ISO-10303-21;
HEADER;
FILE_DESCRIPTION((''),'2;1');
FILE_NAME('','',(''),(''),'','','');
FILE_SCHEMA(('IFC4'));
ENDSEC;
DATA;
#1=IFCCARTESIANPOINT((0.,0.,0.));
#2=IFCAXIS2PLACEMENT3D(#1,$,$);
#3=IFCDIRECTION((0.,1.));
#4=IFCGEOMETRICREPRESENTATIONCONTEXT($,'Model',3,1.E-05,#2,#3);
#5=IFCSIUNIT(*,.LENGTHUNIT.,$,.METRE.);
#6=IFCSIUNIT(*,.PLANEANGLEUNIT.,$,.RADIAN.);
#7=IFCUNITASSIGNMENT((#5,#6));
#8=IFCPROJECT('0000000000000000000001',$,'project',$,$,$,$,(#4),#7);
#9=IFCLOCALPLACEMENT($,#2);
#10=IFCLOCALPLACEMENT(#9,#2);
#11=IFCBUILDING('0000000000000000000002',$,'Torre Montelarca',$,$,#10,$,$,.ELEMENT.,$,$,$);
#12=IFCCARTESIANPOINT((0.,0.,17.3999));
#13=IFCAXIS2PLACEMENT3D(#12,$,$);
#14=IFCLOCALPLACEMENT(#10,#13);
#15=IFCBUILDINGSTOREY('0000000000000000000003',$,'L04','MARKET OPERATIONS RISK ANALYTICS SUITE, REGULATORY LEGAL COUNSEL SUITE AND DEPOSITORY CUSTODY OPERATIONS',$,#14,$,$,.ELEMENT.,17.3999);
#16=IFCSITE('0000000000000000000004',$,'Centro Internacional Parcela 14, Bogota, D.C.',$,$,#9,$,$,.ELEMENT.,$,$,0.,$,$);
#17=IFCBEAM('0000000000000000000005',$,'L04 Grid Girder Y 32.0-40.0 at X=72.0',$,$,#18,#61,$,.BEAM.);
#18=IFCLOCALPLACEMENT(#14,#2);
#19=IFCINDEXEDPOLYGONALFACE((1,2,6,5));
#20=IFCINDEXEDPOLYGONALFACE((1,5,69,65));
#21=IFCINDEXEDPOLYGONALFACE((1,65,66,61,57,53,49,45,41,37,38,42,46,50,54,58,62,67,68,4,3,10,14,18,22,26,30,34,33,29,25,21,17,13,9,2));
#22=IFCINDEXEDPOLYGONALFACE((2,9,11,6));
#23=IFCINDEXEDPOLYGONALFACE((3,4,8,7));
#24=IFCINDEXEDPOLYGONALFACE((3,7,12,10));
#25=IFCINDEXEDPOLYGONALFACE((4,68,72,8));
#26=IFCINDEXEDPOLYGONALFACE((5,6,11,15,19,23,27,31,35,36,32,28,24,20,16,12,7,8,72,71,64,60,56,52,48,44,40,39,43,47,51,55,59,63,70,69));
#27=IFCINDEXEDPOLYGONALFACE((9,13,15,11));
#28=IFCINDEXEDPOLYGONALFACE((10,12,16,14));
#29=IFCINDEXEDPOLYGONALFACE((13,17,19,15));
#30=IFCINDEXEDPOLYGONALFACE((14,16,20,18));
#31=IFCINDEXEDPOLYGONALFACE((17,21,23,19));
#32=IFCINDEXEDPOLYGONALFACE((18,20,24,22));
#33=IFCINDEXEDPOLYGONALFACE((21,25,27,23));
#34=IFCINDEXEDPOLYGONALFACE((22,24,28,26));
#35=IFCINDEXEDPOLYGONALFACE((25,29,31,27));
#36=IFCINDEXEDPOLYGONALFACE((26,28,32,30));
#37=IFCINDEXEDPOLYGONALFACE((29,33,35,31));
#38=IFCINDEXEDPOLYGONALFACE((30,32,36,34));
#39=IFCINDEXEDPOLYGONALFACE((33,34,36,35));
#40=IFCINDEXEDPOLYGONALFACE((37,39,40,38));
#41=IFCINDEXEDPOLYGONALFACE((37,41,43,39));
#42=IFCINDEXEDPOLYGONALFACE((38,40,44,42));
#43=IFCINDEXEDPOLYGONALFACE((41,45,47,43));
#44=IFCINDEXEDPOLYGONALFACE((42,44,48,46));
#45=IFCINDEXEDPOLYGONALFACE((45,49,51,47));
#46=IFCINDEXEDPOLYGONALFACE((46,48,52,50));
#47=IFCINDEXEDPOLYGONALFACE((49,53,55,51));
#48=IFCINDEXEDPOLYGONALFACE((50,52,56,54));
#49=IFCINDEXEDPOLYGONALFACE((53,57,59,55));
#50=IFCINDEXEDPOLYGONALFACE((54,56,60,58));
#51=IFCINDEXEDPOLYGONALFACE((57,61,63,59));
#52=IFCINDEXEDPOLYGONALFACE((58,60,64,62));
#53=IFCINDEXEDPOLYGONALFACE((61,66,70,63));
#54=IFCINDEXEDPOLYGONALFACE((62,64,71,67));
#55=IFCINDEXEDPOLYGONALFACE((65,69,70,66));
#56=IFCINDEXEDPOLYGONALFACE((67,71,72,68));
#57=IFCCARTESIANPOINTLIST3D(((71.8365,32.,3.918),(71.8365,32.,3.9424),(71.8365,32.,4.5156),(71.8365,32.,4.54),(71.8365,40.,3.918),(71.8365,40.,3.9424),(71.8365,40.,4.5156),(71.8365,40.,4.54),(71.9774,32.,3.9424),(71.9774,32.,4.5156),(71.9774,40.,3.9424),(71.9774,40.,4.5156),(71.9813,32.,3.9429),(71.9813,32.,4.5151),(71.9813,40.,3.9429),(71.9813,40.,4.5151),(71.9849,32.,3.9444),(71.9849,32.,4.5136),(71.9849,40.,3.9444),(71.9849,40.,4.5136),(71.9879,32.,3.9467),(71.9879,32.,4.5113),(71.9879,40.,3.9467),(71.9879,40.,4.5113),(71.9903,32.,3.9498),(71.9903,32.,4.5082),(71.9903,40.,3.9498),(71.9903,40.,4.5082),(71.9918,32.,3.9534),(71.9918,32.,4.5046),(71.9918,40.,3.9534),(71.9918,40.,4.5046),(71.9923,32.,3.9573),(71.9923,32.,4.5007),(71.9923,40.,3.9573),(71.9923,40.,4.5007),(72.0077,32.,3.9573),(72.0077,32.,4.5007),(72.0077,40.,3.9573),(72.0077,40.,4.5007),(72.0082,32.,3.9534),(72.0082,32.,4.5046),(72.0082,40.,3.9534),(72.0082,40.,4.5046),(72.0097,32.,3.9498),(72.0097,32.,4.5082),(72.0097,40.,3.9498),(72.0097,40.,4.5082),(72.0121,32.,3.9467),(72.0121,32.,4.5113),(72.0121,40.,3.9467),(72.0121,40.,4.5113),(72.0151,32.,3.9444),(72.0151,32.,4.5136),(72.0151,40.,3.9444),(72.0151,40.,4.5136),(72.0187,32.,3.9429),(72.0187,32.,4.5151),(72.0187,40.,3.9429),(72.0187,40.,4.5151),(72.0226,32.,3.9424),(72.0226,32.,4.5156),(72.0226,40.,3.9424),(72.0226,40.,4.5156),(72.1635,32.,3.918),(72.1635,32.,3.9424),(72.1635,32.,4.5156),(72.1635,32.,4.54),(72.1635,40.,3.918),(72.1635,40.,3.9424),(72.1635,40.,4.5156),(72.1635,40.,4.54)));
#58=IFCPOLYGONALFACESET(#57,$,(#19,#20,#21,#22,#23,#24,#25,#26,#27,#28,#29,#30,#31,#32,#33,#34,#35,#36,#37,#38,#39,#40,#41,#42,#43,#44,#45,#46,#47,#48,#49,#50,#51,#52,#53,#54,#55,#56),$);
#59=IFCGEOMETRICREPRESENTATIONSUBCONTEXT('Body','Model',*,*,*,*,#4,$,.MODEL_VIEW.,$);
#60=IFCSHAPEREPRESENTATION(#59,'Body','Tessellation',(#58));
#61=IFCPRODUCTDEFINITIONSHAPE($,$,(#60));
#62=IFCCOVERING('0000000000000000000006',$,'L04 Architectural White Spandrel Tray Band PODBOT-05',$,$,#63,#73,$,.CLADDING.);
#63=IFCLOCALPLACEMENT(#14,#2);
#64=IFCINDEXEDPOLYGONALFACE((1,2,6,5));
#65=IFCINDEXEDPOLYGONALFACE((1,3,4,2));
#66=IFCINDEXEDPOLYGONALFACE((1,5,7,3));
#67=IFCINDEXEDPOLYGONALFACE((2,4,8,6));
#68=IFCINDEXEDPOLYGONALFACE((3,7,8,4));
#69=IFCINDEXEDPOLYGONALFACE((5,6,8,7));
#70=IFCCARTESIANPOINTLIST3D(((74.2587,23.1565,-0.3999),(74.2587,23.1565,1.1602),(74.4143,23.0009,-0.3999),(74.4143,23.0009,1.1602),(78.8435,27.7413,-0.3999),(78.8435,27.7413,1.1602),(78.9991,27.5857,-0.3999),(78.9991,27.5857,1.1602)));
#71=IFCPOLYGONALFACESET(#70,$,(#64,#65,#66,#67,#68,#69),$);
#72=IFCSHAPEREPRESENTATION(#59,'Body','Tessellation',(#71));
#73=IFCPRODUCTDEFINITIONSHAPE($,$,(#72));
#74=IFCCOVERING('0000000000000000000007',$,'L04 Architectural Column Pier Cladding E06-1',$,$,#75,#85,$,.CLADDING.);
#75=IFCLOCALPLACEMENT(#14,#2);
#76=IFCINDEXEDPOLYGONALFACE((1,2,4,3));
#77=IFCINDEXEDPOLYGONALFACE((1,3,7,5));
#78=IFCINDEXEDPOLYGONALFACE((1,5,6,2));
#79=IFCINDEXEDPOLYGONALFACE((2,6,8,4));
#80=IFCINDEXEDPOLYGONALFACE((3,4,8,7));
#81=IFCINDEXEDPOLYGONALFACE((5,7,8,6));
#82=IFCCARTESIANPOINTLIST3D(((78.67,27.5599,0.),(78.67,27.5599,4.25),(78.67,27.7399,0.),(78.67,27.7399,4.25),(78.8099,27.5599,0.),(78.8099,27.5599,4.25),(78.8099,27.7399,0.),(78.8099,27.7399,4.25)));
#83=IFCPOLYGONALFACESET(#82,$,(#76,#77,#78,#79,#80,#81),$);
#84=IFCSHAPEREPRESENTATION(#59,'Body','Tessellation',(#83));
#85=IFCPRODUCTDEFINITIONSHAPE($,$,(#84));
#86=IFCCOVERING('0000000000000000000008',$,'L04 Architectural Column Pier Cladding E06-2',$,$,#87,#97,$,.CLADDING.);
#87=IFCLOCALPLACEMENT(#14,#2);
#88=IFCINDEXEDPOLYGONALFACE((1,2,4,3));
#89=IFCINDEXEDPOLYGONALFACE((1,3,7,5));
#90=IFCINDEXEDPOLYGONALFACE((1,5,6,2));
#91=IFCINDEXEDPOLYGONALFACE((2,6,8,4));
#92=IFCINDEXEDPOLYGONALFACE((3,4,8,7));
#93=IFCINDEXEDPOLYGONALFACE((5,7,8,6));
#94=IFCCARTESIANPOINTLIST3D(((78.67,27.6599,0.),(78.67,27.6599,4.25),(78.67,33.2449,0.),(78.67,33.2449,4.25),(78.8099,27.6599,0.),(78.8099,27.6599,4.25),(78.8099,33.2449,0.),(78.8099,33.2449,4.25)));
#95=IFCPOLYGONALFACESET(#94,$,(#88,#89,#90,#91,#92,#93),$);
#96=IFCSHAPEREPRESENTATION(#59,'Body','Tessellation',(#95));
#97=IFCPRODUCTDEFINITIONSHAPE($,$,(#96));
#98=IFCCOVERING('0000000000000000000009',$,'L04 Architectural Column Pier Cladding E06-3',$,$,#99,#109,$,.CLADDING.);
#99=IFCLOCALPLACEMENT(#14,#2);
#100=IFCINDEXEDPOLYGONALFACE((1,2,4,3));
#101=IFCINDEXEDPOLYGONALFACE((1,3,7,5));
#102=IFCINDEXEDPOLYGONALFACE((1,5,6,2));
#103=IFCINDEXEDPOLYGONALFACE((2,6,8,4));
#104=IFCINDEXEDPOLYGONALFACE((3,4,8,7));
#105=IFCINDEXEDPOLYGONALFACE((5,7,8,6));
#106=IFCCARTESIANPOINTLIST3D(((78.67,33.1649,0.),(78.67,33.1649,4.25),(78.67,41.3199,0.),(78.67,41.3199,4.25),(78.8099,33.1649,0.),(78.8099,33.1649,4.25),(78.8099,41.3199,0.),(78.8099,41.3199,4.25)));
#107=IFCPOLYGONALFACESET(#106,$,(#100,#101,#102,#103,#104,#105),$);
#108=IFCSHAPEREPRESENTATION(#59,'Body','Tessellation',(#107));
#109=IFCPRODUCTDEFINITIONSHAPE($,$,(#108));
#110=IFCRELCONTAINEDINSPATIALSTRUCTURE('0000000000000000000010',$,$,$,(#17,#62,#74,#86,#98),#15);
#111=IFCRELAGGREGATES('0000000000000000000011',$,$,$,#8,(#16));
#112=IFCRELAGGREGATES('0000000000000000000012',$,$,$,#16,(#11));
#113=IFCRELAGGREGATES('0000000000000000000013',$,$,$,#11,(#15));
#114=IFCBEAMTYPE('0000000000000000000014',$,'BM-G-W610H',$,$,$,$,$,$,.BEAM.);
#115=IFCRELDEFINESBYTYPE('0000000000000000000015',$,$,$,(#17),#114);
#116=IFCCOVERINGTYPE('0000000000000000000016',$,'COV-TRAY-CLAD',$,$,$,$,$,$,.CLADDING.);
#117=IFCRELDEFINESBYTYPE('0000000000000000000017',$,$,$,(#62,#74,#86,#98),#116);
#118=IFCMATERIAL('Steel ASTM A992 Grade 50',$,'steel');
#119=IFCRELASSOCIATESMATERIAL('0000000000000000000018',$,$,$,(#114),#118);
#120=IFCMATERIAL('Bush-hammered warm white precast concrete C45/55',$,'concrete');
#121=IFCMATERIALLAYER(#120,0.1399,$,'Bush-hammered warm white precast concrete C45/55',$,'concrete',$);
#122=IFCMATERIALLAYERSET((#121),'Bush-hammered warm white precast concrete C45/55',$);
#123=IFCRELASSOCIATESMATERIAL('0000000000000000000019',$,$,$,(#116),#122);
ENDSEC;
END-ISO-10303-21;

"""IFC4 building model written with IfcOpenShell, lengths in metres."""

from ifc_helpers import new_model, si_unit, direction, frame, origin, origin_2d, place, context, subcontext, project, spatial, rectangle, i_section, extrude, source, transform, mapped, material, layer, layer_set, material_profile, profile_set, type_object, element, save


model = new_model("IFC4")

# Units and contexts
model_context = context("Model", 3, precision=1e-05, world=origin(), true_north=direction((0.0, 1.0)))
body_context = subcontext(model_context, "Body", "Model", "MODEL_VIEW")
ifc_project = project(units=[si_unit("LENGTHUNIT", "METRE"), si_unit("PLANEANGLEUNIT", "RADIAN")], contexts=[model_context])

# Site, building, storey
site_placement = place(None, origin())
site = spatial("IfcSite", under=ifc_project, at=site_placement, Name="Centro Internacional Parcela 14, Bogota, D.C.", CompositionType="ELEMENT", RefElevation=0.0)
building_placement = place(site_placement, origin())
building = spatial("IfcBuilding", under=site, at=building_placement, Name="Torre Montelarca", CompositionType="ELEMENT")
storey_placement = place(building_placement, frame((0.0, 0.0, 17.3999)))
storey = spatial("IfcBuildingStorey", under=building, at=storey_placement, Name="L04", Description="MARKET OPERATIONS RISK ANALYTICS SUITE, REGULATORY LEGAL COUNSEL SUITE AND DEPOSITORY CUSTODY OPERATIONS", CompositionType="ELEMENT", Elevation=17.3999)

# Shared definitions
ifc_material_1 = material(Name="Steel ASTM A992 Grade 50", Category="steel")

# Beam
ifc_material_profile_1 = material_profile(ifc_material_1, i_section(OverallWidth=0.3269, OverallDepth=0.6221, WebThickness=0.0154, FlangeThickness=0.0244, FilletRadius=0.0149, at=origin_2d()), Name="W610X195", Category="steel")
ifc_profile_set_1 = profile_set([ifc_material_profile_1], Name="Steel ASTM A992 Grade 50")
beam_type_1 = type_object("IfcBeamType", Name="BM-G-W610H", PredefinedType="BEAM", material=ifc_profile_set_1)
shared_shape_1 = source(origin(), body_context, "Body", "SweptSolid", [
    extrude(i_section(OverallWidth=0.3269, OverallDepth=0.6221, WebThickness=0.0154, FlangeThickness=0.0244, FilletRadius=0.0149, at=origin_2d()), origin(), (0.0, 0.0, 1.0), 8.0),
])
for number, where, z_axis, x_axis, name in (
    (1, (72.0, 32.0, 4.229), (0.0, 1.0, 0.0), (-1.0, 0.0, 0.0), "L04 Grid Girder Y 32.0-40.0 at X=72.0"),
):
    element("IfcBeam", number, at=place(storey_placement, frame(where, z_axis=z_axis, x_axis=x_axis)), inside=storey, type_object=beam_type_1, Name=name, PredefinedType="BEAM", context=body_context, shape_type="MappedRepresentation", body=[
        mapped(shared_shape_1, transform((0.0, 0.0, 0.0), scale=1.0)),
    ])

# Coverings
ifc_material_2 = material(Name="Bush-hammered warm white precast concrete C45/55", Category="concrete")
ifc_layer = layer(ifc_material_2, 0.1399, Name="Bush-hammered warm white precast concrete C45/55", Category="concrete")
ifc_layer_set = layer_set([ifc_layer], Name="Bush-hammered warm white precast concrete C45/55")
covering_type = type_object("IfcCoveringType", Name="COV-TRAY-CLAD", PredefinedType="CLADDING", material=ifc_layer_set)
shared_shape_2 = source(origin(), body_context, "Body", "SweptSolid", [
    extrude(rectangle(XDim=6.4839, YDim=0.22, at=origin_2d()), origin(), (0.0, 0.0, 1.0), 1.5601),
])
covering_1_placement = place(storey_placement, frame((76.6289, 25.3711, -0.3999), z_axis=(0.0, 0.0, 1.0), x_axis=(0.707107, 0.707107, 0.0)))
element("IfcCovering", 2, at=covering_1_placement, inside=storey, type_object=covering_type, Name="L04 Architectural White Spandrel Tray Band PODBOT-05", PredefinedType="CLADDING", context=body_context, shape_type="MappedRepresentation", body=[
    mapped(shared_shape_2, transform((0.0, 0.0, 0.0), scale=1.0)),
])
shared_shape_3 = source(origin(), body_context, "Body", "SweptSolid", [
    extrude(rectangle(XDim=0.1799, YDim=0.1399, at=origin_2d()), origin(), (0.0, 0.0, 1.0), 4.25),
])
covering_2_placement = place(storey_placement, frame((78.74, 27.6499, 0.0), z_axis=(0.0, 0.0, 1.0), x_axis=(0.0, 1.0, 0.0)))
element("IfcCovering", 3, at=covering_2_placement, inside=storey, type_object=covering_type, Name="L04 Architectural Column Pier Cladding E06-1", PredefinedType="CLADDING", context=body_context, shape_type="MappedRepresentation", body=[
    mapped(shared_shape_3, transform((0.0, 0.0, 0.0), scale=1.0)),
])
shared_shape_4 = source(origin(), body_context, "Body", "SweptSolid", [
    extrude(rectangle(XDim=5.585, YDim=0.1399, at=origin_2d()), origin(), (0.0, 0.0, 1.0), 4.25),
])
covering_3_placement = place(storey_placement, frame((78.74, 30.4524, 0.0), z_axis=(0.0, 0.0, 1.0), x_axis=(0.0, 1.0, 0.0)))
element("IfcCovering", 4, at=covering_3_placement, inside=storey, type_object=covering_type, Name="L04 Architectural Column Pier Cladding E06-2", PredefinedType="CLADDING", context=body_context, shape_type="MappedRepresentation", body=[
    mapped(shared_shape_4, transform((0.0, 0.0, 0.0), scale=1.0)),
])
shared_shape_5 = source(origin(), body_context, "Body", "SweptSolid", [
    extrude(rectangle(XDim=8.155, YDim=0.1399, at=origin_2d()), origin(), (0.0, 0.0, 1.0), 4.25),
])
covering_4_placement = place(storey_placement, frame((78.74, 37.2424, 0.0), z_axis=(0.0, 0.0, 1.0), x_axis=(0.0, 1.0, 0.0)))
element("IfcCovering", 5, at=covering_4_placement, inside=storey, type_object=covering_type, Name="L04 Architectural Column Pier Cladding E06-3", PredefinedType="CLADDING", context=body_context, shape_type="MappedRepresentation", body=[
    mapped(shared_shape_5, transform((0.0, 0.0, 0.0), scale=1.0)),
])

save(model, "model.ifc")
